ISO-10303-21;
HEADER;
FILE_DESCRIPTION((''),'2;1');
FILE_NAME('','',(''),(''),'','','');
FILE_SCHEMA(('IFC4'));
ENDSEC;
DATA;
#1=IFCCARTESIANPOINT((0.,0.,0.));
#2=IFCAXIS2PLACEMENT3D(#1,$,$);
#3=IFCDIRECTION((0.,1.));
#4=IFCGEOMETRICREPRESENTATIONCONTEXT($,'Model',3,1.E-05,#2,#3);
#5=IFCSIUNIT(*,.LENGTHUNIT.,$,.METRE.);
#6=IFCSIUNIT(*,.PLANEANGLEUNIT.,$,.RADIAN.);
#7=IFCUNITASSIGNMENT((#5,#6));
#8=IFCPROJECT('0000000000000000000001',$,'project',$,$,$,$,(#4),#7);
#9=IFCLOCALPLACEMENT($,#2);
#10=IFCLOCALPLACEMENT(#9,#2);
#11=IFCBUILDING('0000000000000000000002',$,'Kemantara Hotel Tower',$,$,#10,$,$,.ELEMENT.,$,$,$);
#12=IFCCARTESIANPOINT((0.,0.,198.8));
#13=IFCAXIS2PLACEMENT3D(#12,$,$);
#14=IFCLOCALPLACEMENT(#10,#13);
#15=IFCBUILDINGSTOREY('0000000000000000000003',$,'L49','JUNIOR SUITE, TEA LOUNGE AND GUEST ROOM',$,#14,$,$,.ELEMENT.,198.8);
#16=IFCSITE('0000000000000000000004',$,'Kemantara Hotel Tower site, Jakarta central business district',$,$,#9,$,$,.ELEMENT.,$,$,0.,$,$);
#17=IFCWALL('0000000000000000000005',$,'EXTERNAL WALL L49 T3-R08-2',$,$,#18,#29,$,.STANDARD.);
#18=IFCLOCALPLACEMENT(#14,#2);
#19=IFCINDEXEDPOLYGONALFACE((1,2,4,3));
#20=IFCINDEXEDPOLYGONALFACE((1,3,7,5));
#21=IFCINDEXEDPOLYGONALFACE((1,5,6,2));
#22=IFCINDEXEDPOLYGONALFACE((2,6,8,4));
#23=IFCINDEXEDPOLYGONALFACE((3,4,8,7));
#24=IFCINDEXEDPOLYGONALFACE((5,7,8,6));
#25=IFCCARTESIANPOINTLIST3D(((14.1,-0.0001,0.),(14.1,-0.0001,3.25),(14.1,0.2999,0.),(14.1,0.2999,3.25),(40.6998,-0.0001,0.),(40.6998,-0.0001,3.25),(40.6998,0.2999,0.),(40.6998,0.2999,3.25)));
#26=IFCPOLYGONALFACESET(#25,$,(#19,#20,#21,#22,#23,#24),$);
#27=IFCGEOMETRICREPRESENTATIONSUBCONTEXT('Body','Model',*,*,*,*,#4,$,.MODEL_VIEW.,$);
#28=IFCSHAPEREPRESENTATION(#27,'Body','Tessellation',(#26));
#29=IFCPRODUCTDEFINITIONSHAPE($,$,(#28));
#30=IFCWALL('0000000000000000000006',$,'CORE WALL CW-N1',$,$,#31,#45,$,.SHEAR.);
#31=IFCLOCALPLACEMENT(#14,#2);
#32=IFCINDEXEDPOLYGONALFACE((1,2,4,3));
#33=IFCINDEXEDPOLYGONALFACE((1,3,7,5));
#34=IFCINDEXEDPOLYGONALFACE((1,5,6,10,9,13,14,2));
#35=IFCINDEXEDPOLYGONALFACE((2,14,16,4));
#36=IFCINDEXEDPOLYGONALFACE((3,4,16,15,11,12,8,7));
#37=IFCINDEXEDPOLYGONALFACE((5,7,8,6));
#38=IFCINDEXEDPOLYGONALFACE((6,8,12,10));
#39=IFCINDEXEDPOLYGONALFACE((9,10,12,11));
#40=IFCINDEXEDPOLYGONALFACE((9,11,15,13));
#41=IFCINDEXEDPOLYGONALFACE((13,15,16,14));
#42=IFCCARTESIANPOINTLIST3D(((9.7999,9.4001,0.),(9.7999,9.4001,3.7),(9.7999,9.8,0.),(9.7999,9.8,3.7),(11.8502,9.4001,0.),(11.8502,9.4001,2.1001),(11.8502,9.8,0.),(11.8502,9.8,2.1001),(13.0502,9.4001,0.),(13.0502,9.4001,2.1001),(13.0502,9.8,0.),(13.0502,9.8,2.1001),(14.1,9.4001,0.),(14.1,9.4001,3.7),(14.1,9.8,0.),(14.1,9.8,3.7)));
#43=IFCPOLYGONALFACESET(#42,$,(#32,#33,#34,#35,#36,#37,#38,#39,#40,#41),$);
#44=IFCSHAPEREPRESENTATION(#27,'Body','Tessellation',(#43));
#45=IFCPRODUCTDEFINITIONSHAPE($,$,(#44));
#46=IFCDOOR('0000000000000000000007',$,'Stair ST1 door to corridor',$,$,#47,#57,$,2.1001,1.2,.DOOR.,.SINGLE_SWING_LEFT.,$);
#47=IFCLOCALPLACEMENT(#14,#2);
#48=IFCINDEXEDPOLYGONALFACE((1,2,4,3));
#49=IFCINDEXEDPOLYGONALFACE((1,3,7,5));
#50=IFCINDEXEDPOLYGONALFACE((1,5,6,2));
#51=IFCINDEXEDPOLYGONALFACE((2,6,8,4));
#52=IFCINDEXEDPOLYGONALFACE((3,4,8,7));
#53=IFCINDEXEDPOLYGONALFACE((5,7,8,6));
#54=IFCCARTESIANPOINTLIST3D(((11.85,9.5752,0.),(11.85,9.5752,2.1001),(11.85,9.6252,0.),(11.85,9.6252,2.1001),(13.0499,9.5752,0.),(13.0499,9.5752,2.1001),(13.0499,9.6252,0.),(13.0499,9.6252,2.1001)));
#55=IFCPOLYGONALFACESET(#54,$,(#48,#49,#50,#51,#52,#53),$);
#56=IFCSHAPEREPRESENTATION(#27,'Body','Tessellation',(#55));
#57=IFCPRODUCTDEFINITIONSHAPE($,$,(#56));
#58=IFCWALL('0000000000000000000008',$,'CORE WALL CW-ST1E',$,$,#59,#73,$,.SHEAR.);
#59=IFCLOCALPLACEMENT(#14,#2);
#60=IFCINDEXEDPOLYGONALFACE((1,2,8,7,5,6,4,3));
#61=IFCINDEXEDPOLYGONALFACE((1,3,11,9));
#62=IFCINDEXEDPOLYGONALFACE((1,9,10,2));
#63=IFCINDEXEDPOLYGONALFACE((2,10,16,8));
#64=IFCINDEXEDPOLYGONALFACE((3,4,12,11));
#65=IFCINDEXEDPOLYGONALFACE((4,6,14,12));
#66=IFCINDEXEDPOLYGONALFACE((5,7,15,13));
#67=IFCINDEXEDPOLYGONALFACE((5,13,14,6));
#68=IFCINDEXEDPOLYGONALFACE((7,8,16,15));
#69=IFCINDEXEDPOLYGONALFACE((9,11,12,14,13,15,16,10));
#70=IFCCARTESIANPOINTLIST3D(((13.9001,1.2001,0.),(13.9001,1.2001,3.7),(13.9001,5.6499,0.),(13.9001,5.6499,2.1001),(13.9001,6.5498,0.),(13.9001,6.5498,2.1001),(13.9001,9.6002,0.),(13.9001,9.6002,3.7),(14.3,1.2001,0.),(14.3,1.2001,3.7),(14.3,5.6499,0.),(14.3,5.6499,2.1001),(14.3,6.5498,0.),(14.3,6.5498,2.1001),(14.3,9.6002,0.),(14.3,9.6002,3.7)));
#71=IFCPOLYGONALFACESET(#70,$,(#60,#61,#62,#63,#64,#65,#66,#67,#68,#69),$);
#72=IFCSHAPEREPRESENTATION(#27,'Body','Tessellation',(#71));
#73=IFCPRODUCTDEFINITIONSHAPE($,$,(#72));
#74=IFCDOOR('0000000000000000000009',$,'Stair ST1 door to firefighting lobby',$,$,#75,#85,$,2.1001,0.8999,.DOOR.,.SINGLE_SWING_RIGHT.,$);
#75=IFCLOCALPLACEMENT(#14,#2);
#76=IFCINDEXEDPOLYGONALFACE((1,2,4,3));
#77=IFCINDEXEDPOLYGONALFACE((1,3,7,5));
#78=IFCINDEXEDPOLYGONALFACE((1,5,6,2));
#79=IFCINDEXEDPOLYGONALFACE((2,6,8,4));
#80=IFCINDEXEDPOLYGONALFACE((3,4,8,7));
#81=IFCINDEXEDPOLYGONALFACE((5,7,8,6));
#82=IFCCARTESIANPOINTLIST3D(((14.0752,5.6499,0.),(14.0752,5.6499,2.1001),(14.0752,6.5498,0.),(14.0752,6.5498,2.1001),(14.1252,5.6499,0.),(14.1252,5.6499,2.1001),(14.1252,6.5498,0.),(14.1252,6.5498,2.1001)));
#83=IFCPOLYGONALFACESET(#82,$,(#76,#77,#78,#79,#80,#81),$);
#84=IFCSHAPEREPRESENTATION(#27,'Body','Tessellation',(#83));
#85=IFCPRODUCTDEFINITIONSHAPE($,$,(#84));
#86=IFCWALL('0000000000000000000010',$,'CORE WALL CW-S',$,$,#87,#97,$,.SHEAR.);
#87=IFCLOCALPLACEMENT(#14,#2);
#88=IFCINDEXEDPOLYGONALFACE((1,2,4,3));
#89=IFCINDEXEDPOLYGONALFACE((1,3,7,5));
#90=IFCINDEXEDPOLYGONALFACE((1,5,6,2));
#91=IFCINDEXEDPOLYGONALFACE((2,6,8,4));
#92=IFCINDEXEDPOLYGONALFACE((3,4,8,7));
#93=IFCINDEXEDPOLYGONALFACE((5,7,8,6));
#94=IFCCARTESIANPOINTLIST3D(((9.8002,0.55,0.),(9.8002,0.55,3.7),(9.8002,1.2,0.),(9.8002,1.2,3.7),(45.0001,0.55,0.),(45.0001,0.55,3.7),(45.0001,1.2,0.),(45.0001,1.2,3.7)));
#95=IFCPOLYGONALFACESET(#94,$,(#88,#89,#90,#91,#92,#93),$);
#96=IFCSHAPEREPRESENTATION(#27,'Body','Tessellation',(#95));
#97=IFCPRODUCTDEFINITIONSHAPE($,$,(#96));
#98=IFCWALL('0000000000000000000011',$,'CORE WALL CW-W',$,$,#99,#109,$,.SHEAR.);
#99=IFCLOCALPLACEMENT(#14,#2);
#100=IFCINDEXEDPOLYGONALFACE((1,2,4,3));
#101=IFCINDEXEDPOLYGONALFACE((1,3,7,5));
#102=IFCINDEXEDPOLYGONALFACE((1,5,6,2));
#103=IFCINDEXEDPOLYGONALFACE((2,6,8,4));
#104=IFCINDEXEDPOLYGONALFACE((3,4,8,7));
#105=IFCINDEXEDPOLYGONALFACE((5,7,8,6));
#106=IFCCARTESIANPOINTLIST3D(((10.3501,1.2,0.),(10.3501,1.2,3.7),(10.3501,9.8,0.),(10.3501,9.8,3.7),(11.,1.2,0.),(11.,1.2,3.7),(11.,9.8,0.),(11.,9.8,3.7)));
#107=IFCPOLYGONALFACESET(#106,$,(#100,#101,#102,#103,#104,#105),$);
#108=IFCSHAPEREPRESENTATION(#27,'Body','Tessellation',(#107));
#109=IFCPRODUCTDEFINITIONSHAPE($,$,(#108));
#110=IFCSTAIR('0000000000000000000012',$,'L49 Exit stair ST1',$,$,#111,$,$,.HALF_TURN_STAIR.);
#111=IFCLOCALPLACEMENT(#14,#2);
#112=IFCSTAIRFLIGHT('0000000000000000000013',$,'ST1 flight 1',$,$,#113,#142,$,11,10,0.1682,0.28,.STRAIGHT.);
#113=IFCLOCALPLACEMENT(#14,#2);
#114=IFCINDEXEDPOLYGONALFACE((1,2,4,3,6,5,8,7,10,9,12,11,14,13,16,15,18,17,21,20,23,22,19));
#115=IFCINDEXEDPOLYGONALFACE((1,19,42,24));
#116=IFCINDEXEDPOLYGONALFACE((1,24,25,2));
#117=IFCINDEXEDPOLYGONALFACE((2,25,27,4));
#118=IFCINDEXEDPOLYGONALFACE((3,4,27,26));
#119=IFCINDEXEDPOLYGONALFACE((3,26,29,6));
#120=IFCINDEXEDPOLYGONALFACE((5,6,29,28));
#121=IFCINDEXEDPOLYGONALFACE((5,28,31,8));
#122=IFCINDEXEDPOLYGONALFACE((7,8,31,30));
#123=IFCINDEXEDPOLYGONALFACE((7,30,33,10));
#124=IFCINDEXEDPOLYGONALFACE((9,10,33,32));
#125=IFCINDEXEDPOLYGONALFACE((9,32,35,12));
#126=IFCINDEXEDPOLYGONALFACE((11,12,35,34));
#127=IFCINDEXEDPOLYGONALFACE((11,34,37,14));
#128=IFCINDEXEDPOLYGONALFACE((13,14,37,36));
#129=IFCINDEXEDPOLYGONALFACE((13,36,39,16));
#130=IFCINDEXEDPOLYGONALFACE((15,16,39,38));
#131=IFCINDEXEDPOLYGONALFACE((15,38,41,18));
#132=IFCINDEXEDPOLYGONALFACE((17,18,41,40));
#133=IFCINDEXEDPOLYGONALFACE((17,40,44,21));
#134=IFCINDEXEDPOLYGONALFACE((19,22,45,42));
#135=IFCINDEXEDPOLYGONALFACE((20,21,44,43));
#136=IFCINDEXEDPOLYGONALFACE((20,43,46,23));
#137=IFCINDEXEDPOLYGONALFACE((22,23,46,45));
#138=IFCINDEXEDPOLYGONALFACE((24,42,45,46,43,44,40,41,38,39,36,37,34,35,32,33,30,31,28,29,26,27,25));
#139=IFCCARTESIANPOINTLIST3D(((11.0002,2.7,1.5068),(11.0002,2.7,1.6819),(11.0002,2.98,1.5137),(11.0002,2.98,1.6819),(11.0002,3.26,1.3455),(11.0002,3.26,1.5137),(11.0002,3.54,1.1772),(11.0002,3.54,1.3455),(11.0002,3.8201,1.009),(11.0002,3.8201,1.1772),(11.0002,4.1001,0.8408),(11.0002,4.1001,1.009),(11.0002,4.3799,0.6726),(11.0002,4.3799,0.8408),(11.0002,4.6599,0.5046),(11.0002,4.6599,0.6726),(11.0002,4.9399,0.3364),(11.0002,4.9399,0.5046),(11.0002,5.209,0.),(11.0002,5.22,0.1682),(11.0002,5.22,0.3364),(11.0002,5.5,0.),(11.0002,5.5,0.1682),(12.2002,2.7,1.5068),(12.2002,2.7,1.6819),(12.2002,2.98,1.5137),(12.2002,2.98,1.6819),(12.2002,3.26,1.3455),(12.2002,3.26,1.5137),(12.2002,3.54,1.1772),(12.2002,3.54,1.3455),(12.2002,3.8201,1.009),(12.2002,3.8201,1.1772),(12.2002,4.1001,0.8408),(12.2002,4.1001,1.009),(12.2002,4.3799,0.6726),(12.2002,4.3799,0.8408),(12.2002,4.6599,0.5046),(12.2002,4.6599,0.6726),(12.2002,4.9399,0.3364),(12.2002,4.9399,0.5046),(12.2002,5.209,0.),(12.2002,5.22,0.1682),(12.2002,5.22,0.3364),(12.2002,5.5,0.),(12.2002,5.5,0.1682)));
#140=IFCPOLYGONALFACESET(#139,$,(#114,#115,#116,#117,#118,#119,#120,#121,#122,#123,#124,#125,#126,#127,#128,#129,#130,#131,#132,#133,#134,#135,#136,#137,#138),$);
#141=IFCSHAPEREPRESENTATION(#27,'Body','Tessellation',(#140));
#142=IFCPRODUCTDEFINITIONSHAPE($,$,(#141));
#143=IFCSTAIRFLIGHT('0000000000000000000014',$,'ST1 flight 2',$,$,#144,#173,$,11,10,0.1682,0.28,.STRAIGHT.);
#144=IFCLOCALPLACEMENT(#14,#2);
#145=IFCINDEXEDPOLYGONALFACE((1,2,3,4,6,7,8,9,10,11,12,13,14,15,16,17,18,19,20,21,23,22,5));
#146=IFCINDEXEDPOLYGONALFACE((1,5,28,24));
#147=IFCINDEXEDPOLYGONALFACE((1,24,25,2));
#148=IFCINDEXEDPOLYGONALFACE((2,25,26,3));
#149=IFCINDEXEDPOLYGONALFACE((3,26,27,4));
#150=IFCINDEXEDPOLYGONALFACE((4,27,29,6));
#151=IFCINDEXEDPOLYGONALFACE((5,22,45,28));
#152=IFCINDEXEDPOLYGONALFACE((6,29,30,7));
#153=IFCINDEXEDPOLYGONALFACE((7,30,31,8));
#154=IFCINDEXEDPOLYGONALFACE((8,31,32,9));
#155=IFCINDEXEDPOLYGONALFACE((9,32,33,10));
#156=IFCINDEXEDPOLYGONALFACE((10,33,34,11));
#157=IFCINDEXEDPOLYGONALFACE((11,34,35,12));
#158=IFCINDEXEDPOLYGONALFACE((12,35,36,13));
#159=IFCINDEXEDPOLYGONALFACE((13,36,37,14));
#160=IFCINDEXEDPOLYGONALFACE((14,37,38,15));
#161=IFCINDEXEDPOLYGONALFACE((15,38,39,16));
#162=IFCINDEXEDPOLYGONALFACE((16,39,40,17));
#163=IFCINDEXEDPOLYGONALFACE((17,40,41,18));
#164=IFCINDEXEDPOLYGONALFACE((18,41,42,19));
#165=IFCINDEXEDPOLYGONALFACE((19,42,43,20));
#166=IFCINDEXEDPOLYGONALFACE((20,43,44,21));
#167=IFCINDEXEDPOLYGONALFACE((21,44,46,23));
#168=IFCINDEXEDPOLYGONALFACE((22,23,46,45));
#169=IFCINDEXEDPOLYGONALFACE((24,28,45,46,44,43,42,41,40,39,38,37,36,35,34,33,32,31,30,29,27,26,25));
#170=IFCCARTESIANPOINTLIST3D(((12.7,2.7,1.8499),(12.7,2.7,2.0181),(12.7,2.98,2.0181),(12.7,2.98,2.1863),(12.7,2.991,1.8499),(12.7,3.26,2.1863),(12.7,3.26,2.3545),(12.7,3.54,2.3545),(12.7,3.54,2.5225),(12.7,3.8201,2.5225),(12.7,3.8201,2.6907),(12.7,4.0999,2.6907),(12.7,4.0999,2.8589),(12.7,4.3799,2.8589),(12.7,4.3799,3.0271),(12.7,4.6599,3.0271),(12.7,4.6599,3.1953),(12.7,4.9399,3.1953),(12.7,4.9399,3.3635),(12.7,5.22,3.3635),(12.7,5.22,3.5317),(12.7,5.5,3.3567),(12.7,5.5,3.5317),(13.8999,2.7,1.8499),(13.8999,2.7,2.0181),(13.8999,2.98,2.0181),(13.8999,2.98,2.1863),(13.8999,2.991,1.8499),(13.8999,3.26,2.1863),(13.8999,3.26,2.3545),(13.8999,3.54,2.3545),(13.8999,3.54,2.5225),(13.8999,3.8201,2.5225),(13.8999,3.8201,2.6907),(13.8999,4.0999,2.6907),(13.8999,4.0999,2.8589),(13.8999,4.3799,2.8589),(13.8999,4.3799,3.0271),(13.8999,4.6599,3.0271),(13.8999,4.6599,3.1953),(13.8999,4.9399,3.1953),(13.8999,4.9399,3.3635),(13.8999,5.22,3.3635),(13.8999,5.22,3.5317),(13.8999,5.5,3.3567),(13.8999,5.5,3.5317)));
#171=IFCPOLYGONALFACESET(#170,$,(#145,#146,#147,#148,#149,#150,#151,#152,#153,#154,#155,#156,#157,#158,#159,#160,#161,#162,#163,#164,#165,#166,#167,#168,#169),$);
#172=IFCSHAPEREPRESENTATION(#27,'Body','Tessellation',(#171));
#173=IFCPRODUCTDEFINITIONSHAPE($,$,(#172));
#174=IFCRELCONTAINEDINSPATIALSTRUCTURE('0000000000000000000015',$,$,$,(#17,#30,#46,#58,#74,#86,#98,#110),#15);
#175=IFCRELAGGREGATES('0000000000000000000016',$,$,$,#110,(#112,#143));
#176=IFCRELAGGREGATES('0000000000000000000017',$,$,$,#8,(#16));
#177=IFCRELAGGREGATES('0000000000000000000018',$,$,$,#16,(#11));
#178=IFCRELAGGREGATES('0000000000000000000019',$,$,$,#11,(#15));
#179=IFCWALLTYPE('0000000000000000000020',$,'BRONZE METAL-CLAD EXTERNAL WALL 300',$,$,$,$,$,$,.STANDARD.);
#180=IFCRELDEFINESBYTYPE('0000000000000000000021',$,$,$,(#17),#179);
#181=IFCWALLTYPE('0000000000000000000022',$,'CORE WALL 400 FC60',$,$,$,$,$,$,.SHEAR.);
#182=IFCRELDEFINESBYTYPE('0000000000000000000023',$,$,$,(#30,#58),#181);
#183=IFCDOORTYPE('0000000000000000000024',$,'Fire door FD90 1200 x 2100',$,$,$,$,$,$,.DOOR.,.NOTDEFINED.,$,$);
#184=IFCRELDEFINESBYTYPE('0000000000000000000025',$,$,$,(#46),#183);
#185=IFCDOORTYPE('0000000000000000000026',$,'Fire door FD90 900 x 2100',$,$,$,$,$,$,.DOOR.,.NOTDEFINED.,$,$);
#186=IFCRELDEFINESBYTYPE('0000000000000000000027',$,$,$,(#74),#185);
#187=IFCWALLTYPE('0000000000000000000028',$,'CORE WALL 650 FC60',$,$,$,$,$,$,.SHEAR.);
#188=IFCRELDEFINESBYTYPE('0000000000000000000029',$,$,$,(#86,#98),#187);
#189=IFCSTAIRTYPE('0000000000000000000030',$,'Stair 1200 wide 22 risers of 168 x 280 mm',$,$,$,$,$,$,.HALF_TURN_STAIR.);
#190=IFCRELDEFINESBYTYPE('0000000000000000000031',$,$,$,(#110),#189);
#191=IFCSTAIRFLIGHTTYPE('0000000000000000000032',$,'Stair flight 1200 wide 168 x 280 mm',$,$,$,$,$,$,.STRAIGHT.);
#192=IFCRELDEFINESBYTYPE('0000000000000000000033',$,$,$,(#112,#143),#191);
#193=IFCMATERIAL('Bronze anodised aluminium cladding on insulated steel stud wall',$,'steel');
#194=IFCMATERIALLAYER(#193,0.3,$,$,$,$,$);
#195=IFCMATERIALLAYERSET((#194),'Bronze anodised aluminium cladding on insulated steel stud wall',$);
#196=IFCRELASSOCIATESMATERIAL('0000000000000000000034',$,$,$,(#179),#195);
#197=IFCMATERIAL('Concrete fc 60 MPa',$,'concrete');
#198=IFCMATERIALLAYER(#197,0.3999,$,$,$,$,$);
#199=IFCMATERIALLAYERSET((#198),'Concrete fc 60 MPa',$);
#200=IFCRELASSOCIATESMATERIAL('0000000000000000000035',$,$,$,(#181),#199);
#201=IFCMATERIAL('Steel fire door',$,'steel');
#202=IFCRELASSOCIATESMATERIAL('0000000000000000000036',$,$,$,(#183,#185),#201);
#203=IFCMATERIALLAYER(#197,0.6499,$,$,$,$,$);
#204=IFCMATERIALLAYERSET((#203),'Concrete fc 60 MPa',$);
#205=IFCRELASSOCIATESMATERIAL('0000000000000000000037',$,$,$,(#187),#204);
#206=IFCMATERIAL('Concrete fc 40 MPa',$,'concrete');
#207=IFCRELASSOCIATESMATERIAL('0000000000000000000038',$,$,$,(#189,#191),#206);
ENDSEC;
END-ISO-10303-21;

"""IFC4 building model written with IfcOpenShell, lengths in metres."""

from ifc_helpers import new_model, si_unit, direction, frame, frame_2d, origin, place, context, subcontext, project, spatial, polyline, rectangle, outline, extrude, material, layer, layer_set, type_object, element, fill, aggregate, save


model = new_model("IFC4")

# Units and contexts
model_context = context("Model", 3, precision=1e-05, world=origin(), true_north=direction((0.0, 1.0)))
body_context = subcontext(model_context, "Body", "Model", "MODEL_VIEW")
ifc_project = project(units=[si_unit("LENGTHUNIT", "METRE"), si_unit("PLANEANGLEUNIT", "RADIAN")], contexts=[model_context])

# Site, building, storey
site_placement = place(None, origin())
site = spatial("IfcSite", under=ifc_project, at=site_placement, Name="Kemantara Hotel Tower site, Jakarta central business district", CompositionType="ELEMENT", RefElevation=0.0)
building_placement = place(site_placement, origin())
building = spatial("IfcBuilding", under=site, at=building_placement, Name="Kemantara Hotel Tower", CompositionType="ELEMENT")
storey_placement = place(building_placement, frame((0.0, 0.0, 198.8)))
storey = spatial("IfcBuildingStorey", under=building, at=storey_placement, Name="L49", Description="JUNIOR SUITE, TEA LOUNGE AND GUEST ROOM", CompositionType="ELEMENT", Elevation=198.8)

# Wall
ifc_material_1 = material(Name="Bronze anodised aluminium cladding on insulated steel stud wall", Category="steel")
ifc_layer_1 = layer(ifc_material_1, 0.3)
ifc_layer_set_1 = layer_set([ifc_layer_1], Name="Bronze anodised aluminium cladding on insulated steel stud wall")
wall_type_1 = type_object("IfcWallType", Name="BRONZE METAL-CLAD EXTERNAL WALL 300", PredefinedType="STANDARD", material=ifc_layer_set_1)
wall_1_placement = place(storey_placement, frame((14.1001, 0.1499, 0.0), z_axis=(0.0, 0.0, 1.0), x_axis=(1.0, 0.0, 0.0)))
element("IfcWall", 1, at=wall_1_placement, inside=storey, type_object=wall_type_1, Name="EXTERNAL WALL L49 T3-R08-2", PredefinedType="STANDARD", context=body_context, shape_type="SweptSolid", body=[
    extrude(rectangle(XDim=26.5999, YDim=0.3, at=frame_2d((13.2998, 0.0))), origin(), (0.0, 0.0, 1.0), 3.25),
])

# Walls, openings, doors
ifc_material_2 = material(Name="Concrete fc 60 MPa", Category="concrete")
ifc_layer_2 = layer(ifc_material_2, 0.3999)
ifc_layer_set_2 = layer_set([ifc_layer_2], Name="Concrete fc 60 MPa")
wall_type_2 = type_object("IfcWallType", Name="CORE WALL 400 FC60", PredefinedType="SHEAR", material=ifc_layer_set_2)
wall_2_placement = place(storey_placement, frame((9.8, 9.6001, 0.0), z_axis=(0.0, 0.0, 1.0), x_axis=(1.0, 0.0, 0.0)))
wall_2 = element("IfcWall", 2, at=wall_2_placement, inside=storey, type_object=wall_type_2, Name="CORE WALL CW-N1", PredefinedType="SHEAR", context=body_context, shape_type="SweptSolid", body=[
    extrude(rectangle(XDim=4.3, YDim=0.3999, at=frame_2d((2.1499, 0.0))), origin(), (0.0, 0.0, 1.0), 3.7),
])
opening_1_placement = place(wall_2_placement, frame((2.05, 0.0, 0.0)))
opening_1 = element("IfcOpeningElement", 3, at=opening_1_placement, cuts=wall_2, PredefinedType="OPENING", context=body_context, shape_type="SweptSolid", body=[
    extrude(rectangle(XDim=1.2, YDim=2.1001, at=frame_2d((0.6001, 1.05))), frame((0.0, 0.21, 0.0), z_axis=(0.0, -1.0, 0.0), x_axis=(1.0, 0.0, 0.0)), (0.0, 0.0, 1.0), 0.4199),
])
ifc_material_3 = material(Name="Steel fire door", Category="steel")
door_type_1 = type_object("IfcDoorType", Name="Fire door FD90 1200 x 2100", OperationType="NOTDEFINED", PredefinedType="DOOR", material=ifc_material_3)
door_1_placement = place(opening_1_placement, frame((1.2, 0.0, 0.0), z_axis=(0.0, 0.0, 1.0), x_axis=(-1.0, 0.0, 0.0)))
door_1 = element("IfcDoor", 4, at=door_1_placement, inside=storey, type_object=door_type_1, Name="Stair ST1 door to corridor", OperationType="SINGLE_SWING_LEFT", OverallHeight=2.1001, OverallWidth=1.2, PredefinedType="DOOR", context=body_context, shape_type="SweptSolid", body=[
    extrude(rectangle(XDim=1.2, YDim=2.1001, at=frame_2d((0.6001, 1.05))), frame((0.0, 0.0249, 0.0), z_axis=(0.0, -1.0, 0.0), x_axis=(1.0, 0.0, 0.0)), (0.0, 0.0, 1.0), 0.05),
])
fill(opening_1, door_1)
wall_3_placement = place(storey_placement, frame((14.1001, 1.2, 0.0), z_axis=(0.0, 0.0, 1.0), x_axis=(0.0, 1.0, 0.0)))
wall_3 = element("IfcWall", 5, at=wall_3_placement, inside=storey, type_object=wall_type_2, Name="CORE WALL CW-ST1E", PredefinedType="SHEAR", context=body_context, shape_type="SweptSolid", body=[
    extrude(rectangle(XDim=8.4001, YDim=0.3999, at=frame_2d((4.2002, 0.0))), origin(), (0.0, 0.0, 1.0), 3.7),
])
opening_2_placement = place(wall_3_placement, frame((4.45, 0.0, 0.0)))
opening_2 = element("IfcOpeningElement", 6, at=opening_2_placement, cuts=wall_3, PredefinedType="OPENING", context=body_context, shape_type="SweptSolid", body=[
    extrude(rectangle(XDim=0.8999, YDim=2.1001, at=frame_2d((0.45, 1.05))), frame((0.0, 0.21, 0.0), z_axis=(0.0, -1.0, 0.0), x_axis=(1.0, 0.0, 0.0)), (0.0, 0.0, 1.0), 0.4199),
])
door_type_2 = type_object("IfcDoorType", Name="Fire door FD90 900 x 2100", OperationType="NOTDEFINED", PredefinedType="DOOR", material=ifc_material_3)
door_2_placement = place(opening_2_placement, origin())
door_2 = element("IfcDoor", 7, at=door_2_placement, inside=storey, type_object=door_type_2, Name="Stair ST1 door to firefighting lobby", OperationType="SINGLE_SWING_RIGHT", OverallHeight=2.1001, OverallWidth=0.8999, PredefinedType="DOOR", context=body_context, shape_type="SweptSolid", body=[
    extrude(rectangle(XDim=0.8999, YDim=2.1001, at=frame_2d((0.45, 1.05))), frame((0.0, 0.0249, 0.0), z_axis=(0.0, -1.0, 0.0), x_axis=(1.0, 0.0, 0.0)), (0.0, 0.0, 1.0), 0.05),
])
fill(opening_2, door_2)

# Walls
ifc_layer_3 = layer(ifc_material_2, 0.6499)
ifc_layer_set_3 = layer_set([ifc_layer_3], Name="Concrete fc 60 MPa")
wall_type_3 = type_object("IfcWallType", Name="CORE WALL 650 FC60", PredefinedType="SHEAR", material=ifc_layer_set_3)
wall_4_placement = place(storey_placement, frame((9.8, 0.875, 0.0), z_axis=(0.0, 0.0, 1.0), x_axis=(1.0, 0.0, 0.0)))
element("IfcWall", 8, at=wall_4_placement, inside=storey, type_object=wall_type_3, Name="CORE WALL CW-S", PredefinedType="SHEAR", context=body_context, shape_type="SweptSolid", body=[
    extrude(rectangle(XDim=35.2, YDim=0.6499, at=frame_2d((17.6001, 0.0))), origin(), (0.0, 0.0, 1.0), 3.7),
])
wall_5_placement = place(storey_placement, frame((10.675, 1.2, 0.0), z_axis=(0.0, 0.0, 1.0), x_axis=(0.0, 1.0, 0.0)))
element("IfcWall", 9, at=wall_5_placement, inside=storey, type_object=wall_type_3, Name="CORE WALL CW-W", PredefinedType="SHEAR", context=body_context, shape_type="SweptSolid", body=[
    extrude(rectangle(XDim=8.6001, YDim=0.6499, at=frame_2d((4.3, 0.0))), origin(), (0.0, 0.0, 1.0), 3.7),
])

# Stair, stair flights
ifc_material_4 = material(Name="Concrete fc 40 MPa", Category="concrete")
stair_type = type_object("IfcStairType", Name="Stair 1200 wide 22 risers of 168 x 280 mm", PredefinedType="HALF_TURN_STAIR", material=ifc_material_4)
stair_placement = place(storey_placement, origin())
stair = element("IfcStair", 10, at=stair_placement, inside=storey, type_object=stair_type, Name="L49 Exit stair ST1", PredefinedType="HALF_TURN_STAIR")
stair_flight_type = type_object("IfcStairFlightType", Name="Stair flight 1200 wide 168 x 280 mm", PredefinedType="STRAIGHT", material=ifc_material_4)
stair_flight_1_placement = place(storey_placement, frame((11.6001, 5.5, 0.0), z_axis=(0.0, 0.0, 1.0), x_axis=(0.0, -1.0, 0.0)))
stair_flight_1 = element("IfcStairFlight", 11, at=stair_flight_1_placement, type_object=stair_flight_type, Name="ST1 flight 1", NumberOfRisers=11, NumberOfTreads=10, PredefinedType="STRAIGHT", RiserHeight=0.1682, TreadLength=0.28, context=body_context, shape_type="SweptSolid", body=[
    extrude(outline(polyline([(0.0, 0.0), (0.0, 0.1682), (0.28, 0.1682), (0.28, 0.3364), (0.5601, 0.3364), (0.5601, 0.5046), (0.8401, 0.5046), (0.8401, 0.6726), (1.1201, 0.6726), (1.1201, 0.8408), (1.3999, 0.8408), (1.3999, 1.009), (1.6799, 1.009), (1.6799, 1.1772), (1.96, 1.1772), (1.96, 1.3455), (2.24, 1.3455), (2.24, 1.5137), (2.52, 1.5137), (2.52, 1.6819), (2.8, 1.6819), (2.8, 1.8501), (2.8, 1.5068), (0.291, 0.0), (0.0, 0.0)])), frame((0.0, 0.6001, 0.0), z_axis=(0.0, -1.0, 0.0), x_axis=(1.0, 0.0, 0.0)), (0.0, 0.0, 1.0), 1.2),
])
stair_flight_2_placement = place(storey_placement, frame((13.3, 2.7, 1.8499), z_axis=(0.0, 0.0, 1.0), x_axis=(0.0, 1.0, 0.0)))
stair_flight_2 = element("IfcStairFlight", 12, at=stair_flight_2_placement, type_object=stair_flight_type, Name="ST1 flight 2", NumberOfRisers=11, NumberOfTreads=10, PredefinedType="STRAIGHT", RiserHeight=0.1682, TreadLength=0.28, context=body_context, shape_type="SweptSolid", body=[
    extrude(outline(polyline([(0.0, 0.0), (0.0, 0.1682), (0.28, 0.1682), (0.28, 0.3364), (0.5601, 0.3364), (0.5601, 0.5046), (0.8401, 0.5046), (0.8401, 0.6726), (1.1201, 0.6726), (1.1201, 0.8408), (1.3999, 0.8408), (1.3999, 1.009), (1.6799, 1.009), (1.6799, 1.1772), (1.96, 1.1772), (1.96, 1.3455), (2.24, 1.3455), (2.24, 1.5137), (2.52, 1.5137), (2.52, 1.6819), (2.8, 1.6819), (2.8, 1.8501), (2.8, 1.5068), (0.291, 0.0), (0.0, 0.0)])), frame((0.0, 0.6001, 0.0), z_axis=(0.0, -1.0, 0.0), x_axis=(1.0, 0.0, 0.0)), (0.0, 0.0, 1.0), 1.2),
])
aggregate(stair, [stair_flight_1, stair_flight_2])

save(model, "model.ifc")
